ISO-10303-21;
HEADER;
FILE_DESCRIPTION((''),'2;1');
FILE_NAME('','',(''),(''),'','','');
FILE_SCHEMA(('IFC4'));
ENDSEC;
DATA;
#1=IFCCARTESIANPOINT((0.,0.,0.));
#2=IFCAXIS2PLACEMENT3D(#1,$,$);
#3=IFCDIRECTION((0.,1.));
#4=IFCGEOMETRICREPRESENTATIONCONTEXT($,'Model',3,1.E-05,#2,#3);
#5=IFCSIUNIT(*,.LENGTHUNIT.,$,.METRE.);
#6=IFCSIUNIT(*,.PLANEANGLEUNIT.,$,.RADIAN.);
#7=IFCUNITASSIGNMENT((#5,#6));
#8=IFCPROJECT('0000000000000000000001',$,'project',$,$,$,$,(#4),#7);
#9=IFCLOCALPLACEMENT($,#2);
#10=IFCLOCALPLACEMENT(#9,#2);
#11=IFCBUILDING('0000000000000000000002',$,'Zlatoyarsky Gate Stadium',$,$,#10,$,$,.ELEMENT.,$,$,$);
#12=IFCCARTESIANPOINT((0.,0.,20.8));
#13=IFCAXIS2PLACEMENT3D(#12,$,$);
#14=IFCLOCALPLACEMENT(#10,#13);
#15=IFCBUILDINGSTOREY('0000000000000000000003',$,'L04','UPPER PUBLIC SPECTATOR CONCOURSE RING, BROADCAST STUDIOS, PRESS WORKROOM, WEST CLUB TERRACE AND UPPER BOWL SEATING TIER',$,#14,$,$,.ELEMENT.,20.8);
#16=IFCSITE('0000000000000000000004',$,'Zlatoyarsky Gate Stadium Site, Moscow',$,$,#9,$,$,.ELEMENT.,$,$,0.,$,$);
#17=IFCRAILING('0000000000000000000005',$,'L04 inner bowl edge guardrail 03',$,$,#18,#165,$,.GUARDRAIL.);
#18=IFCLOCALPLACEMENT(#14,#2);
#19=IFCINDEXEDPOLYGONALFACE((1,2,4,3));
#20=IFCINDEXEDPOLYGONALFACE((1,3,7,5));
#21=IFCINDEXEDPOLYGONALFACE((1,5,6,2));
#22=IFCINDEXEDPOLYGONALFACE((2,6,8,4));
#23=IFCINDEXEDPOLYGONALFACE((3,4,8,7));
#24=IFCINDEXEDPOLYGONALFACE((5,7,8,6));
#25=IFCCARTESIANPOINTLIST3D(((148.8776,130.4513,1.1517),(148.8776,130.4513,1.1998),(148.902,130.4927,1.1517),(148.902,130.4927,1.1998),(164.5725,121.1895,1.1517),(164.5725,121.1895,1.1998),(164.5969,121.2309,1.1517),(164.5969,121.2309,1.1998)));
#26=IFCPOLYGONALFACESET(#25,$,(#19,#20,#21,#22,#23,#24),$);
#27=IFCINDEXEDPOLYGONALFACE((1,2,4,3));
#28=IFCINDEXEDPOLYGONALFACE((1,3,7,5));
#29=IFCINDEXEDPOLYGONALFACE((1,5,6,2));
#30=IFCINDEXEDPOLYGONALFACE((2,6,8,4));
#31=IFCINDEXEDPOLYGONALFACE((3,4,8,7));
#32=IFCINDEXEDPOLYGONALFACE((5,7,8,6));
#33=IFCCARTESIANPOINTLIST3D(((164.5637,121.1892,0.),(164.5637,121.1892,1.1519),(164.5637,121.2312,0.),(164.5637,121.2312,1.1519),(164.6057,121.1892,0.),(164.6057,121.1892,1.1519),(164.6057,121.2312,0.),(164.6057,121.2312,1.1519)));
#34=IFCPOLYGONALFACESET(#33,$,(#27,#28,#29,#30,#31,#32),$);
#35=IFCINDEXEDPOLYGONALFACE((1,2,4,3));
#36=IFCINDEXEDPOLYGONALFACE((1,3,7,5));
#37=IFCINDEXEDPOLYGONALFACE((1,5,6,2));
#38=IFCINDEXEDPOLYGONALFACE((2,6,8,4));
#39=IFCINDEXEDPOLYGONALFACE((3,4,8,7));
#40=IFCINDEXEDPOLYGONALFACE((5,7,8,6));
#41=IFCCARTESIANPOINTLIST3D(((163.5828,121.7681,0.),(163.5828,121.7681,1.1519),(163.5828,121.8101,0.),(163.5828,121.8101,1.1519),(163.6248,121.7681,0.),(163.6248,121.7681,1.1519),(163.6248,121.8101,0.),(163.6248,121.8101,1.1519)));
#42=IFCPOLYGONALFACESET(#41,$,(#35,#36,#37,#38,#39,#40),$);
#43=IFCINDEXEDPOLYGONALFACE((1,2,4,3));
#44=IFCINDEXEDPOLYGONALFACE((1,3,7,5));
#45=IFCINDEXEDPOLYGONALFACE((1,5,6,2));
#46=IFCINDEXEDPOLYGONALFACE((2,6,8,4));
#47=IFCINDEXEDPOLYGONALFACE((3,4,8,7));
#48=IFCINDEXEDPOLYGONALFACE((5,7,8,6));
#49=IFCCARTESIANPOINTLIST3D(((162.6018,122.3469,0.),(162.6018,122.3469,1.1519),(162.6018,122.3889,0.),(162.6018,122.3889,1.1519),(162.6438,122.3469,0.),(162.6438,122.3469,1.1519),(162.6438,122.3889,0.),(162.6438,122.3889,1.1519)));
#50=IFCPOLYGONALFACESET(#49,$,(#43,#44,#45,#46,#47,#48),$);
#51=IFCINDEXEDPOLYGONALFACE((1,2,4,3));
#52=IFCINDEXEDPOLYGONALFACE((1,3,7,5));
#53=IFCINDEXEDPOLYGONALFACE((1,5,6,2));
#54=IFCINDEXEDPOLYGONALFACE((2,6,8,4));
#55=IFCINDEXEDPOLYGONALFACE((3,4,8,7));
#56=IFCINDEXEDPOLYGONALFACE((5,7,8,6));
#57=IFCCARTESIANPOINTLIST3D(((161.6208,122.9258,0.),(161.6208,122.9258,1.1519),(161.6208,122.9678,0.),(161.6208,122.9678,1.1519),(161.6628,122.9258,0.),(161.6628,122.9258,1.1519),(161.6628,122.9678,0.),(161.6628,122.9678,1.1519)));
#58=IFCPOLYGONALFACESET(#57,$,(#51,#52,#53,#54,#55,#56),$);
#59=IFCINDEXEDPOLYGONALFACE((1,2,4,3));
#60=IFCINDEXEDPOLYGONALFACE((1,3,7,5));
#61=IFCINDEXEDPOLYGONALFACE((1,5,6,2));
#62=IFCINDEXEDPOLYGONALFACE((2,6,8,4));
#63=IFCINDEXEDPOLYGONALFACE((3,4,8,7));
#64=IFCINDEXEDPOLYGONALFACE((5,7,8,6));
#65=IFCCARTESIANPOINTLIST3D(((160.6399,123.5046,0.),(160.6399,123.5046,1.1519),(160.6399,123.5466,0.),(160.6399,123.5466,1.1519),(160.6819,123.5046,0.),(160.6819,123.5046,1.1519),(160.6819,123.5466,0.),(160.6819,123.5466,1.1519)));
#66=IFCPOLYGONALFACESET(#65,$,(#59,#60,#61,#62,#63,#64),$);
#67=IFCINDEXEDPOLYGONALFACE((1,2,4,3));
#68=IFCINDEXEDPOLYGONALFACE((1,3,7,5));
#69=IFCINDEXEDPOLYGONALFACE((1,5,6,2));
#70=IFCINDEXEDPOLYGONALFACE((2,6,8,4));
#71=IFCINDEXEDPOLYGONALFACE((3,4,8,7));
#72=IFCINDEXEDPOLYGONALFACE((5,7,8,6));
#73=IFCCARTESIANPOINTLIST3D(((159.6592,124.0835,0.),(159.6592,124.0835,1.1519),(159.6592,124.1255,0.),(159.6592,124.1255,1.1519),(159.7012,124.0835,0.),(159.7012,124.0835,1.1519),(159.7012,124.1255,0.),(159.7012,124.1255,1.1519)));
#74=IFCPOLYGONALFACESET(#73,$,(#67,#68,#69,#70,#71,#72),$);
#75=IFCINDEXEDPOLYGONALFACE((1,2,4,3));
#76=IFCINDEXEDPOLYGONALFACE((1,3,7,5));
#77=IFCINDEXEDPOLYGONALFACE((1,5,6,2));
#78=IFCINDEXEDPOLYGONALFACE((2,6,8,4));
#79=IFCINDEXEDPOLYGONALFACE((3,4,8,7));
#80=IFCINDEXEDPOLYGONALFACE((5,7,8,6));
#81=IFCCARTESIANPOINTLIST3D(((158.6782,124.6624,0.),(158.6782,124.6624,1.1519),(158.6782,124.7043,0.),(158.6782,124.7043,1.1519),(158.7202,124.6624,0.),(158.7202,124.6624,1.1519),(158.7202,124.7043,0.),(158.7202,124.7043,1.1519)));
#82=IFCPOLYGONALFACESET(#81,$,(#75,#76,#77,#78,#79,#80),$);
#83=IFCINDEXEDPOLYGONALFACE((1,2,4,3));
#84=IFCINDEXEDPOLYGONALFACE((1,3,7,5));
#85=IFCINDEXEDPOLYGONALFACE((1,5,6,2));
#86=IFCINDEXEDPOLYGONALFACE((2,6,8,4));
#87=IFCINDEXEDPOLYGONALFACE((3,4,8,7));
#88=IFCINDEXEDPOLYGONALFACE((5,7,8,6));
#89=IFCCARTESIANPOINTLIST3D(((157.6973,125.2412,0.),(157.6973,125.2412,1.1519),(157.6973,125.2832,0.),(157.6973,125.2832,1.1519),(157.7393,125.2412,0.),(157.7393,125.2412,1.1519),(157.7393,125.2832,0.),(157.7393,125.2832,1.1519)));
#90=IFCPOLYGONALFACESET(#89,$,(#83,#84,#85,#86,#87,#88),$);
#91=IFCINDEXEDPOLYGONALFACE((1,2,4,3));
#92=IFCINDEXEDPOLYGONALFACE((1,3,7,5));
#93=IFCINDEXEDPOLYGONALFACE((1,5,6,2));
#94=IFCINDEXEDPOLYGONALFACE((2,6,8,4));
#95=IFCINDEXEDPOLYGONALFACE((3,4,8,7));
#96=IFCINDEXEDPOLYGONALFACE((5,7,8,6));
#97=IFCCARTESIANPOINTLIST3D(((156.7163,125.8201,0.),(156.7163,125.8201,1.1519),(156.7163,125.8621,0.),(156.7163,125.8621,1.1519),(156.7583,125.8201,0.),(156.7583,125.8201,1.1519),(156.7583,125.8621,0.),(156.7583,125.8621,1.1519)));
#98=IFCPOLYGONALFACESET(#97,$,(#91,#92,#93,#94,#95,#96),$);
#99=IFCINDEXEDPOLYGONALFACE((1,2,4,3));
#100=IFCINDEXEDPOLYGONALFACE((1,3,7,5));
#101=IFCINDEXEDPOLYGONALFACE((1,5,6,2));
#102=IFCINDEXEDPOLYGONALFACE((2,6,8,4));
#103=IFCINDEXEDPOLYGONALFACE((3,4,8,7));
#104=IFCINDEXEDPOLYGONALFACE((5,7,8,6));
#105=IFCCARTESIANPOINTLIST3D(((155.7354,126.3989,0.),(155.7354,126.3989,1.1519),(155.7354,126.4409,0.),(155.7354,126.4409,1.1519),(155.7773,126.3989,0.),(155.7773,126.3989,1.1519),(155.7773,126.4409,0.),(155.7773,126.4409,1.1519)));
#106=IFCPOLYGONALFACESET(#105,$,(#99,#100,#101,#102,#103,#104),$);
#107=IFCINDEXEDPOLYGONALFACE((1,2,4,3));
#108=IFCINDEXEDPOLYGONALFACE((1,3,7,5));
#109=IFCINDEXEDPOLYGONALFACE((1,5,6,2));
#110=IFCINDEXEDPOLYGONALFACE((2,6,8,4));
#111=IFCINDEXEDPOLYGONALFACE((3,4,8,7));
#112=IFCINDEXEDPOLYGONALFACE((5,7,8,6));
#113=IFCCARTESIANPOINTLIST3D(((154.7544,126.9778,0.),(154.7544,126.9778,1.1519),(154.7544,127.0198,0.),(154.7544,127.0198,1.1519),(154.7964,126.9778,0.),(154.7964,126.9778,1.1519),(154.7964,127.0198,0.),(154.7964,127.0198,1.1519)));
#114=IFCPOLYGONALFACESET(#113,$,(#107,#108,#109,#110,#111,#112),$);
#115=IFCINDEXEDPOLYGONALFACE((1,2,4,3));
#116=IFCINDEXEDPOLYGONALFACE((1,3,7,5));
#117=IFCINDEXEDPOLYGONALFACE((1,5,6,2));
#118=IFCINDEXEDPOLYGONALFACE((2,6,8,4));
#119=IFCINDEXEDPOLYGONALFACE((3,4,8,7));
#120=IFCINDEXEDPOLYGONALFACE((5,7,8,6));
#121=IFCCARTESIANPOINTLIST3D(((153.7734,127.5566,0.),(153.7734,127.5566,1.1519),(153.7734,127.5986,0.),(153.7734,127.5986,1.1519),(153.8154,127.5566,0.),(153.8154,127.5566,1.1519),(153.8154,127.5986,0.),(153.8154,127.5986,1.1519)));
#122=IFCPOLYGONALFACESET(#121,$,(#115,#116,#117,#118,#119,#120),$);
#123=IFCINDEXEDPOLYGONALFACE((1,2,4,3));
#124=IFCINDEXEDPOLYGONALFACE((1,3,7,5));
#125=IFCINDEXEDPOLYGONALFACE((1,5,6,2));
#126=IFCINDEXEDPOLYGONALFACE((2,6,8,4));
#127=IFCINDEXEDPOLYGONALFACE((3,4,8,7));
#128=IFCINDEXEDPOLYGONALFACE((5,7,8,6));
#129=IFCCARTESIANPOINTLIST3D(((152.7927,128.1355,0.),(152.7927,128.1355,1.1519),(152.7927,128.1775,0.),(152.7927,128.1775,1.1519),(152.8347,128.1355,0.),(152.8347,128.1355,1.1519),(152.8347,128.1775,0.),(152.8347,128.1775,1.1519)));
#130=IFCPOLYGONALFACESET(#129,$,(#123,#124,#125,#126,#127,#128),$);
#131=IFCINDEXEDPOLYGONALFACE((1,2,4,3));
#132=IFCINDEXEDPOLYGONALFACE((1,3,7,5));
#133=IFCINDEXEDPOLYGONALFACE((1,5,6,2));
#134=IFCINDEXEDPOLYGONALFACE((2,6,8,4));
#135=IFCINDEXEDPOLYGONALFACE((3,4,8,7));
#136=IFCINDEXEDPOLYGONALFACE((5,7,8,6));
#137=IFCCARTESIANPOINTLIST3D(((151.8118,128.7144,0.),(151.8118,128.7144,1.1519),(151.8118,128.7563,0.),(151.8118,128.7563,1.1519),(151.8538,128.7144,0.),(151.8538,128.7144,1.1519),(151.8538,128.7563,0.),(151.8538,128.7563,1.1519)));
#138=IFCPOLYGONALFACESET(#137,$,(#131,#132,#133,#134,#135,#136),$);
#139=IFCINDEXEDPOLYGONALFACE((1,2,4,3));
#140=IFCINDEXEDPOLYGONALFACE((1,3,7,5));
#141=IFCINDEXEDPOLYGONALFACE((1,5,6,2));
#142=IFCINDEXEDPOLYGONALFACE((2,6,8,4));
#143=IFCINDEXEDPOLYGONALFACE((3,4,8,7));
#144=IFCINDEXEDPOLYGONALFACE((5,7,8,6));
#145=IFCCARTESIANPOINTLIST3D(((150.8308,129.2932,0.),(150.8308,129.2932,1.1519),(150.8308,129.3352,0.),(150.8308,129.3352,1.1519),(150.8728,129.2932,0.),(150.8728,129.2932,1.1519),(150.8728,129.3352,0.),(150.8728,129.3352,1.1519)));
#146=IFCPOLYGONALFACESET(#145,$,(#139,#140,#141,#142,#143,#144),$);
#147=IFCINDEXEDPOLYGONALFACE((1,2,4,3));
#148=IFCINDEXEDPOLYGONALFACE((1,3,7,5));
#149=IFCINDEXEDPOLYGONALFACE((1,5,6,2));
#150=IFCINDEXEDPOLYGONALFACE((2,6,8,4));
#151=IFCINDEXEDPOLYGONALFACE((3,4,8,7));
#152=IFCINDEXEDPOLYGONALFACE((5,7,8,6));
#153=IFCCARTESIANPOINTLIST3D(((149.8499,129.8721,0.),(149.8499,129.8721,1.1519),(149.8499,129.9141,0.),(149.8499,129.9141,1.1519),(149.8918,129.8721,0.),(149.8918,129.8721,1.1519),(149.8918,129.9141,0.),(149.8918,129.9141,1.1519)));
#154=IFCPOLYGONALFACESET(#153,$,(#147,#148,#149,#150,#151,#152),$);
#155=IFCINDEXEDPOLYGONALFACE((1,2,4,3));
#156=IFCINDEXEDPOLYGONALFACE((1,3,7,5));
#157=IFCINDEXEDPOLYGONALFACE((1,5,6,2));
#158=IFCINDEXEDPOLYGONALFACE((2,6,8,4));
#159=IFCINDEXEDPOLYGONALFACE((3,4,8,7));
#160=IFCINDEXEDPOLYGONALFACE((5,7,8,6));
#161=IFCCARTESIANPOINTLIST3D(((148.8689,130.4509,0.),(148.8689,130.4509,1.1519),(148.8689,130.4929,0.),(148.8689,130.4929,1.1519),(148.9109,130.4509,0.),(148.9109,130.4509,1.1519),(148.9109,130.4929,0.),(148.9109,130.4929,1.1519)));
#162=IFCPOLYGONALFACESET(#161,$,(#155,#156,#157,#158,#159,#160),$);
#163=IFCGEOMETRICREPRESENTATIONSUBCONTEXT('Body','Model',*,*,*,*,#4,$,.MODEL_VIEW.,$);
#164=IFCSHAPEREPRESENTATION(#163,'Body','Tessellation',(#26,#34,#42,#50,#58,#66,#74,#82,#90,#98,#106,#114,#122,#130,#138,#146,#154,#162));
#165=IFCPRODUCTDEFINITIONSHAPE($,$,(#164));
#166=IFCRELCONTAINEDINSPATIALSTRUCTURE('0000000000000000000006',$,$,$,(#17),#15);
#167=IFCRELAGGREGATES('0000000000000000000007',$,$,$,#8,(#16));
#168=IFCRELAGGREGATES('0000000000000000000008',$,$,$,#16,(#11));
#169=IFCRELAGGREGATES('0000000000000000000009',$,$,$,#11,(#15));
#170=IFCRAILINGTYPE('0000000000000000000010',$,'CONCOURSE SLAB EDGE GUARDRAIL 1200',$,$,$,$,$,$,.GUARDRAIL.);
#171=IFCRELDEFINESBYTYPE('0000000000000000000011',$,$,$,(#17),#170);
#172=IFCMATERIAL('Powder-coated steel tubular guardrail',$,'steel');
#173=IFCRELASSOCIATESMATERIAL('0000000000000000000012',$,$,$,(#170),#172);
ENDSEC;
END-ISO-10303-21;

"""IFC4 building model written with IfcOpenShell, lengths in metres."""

from ifc_helpers import new_model, si_unit, direction, frame, origin, origin_2d, place, context, subcontext, project, spatial, rectangle, extrude, material, type_object, element, save


model = new_model("IFC4")

# Units and contexts
model_context = context("Model", 3, precision=1e-05, world=origin(), true_north=direction((0.0, 1.0)))
body_context = subcontext(model_context, "Body", "Model", "MODEL_VIEW")
ifc_project = project(units=[si_unit("LENGTHUNIT", "METRE"), si_unit("PLANEANGLEUNIT", "RADIAN")], contexts=[model_context])

# Site, building, storey
site_placement = place(None, origin())
site = spatial("IfcSite", under=ifc_project, at=site_placement, Name="Zlatoyarsky Gate Stadium Site, Moscow", CompositionType="ELEMENT", RefElevation=0.0)
building_placement = place(site_placement, origin())
building = spatial("IfcBuilding", under=site, at=building_placement, Name="Zlatoyarsky Gate Stadium", CompositionType="ELEMENT")
storey_placement = place(building_placement, frame((0.0, 0.0, 20.8)))
storey = spatial("IfcBuildingStorey", under=building, at=storey_placement, Name="L04", Description="UPPER PUBLIC SPECTATOR CONCOURSE RING, BROADCAST STUDIOS, PRESS WORKROOM, WEST CLUB TERRACE AND UPPER BOWL SEATING TIER", CompositionType="ELEMENT", Elevation=20.8)

# Railing
ifc_material_1 = material(Name="Powder-coated steel tubular guardrail", Category="steel")
railing_type = type_object("IfcRailingType", Name="CONCOURSE SLAB EDGE GUARDRAIL 1200", PredefinedType="GUARDRAIL", material=ifc_material_1)
railing_1_placement = place(storey_placement, frame((164.5847, 121.2102, 0.0)))
element("IfcRailing", 1, at=railing_1_placement, inside=storey, type_object=railing_type, Name="L04 inner bowl edge guardrail 03", PredefinedType="GUARDRAIL", context=body_context, shape_type="SweptSolid", body=[
    extrude(rectangle(XDim=0.0481, YDim=0.0481, at=origin_2d()), frame((0.0, 0.0, 1.1758), z_axis=(-0.861227, 0.508221, 0.0), x_axis=(-0.508221, -0.861227, 0.0)), (0.0, 0.0, 1.0), 18.2239),
    extrude(rectangle(XDim=0.042, YDim=0.042, at=origin_2d()), origin(), (0.0, 0.0, 1.0), 1.1519),
    extrude(rectangle(XDim=0.042, YDim=0.042, at=origin_2d()), frame((-0.981, 0.5789, 0.0)), (0.0, 0.0, 1.0), 1.1519),
    extrude(rectangle(XDim=0.042, YDim=0.042, at=origin_2d()), frame((-1.9619, 1.1577, 0.0)), (0.0, 0.0, 1.0), 1.1519),
    extrude(rectangle(XDim=0.042, YDim=0.042, at=origin_2d()), frame((-2.9429, 1.7366, 0.0)), (0.0, 0.0, 1.0), 1.1519),
    extrude(rectangle(XDim=0.042, YDim=0.042, at=origin_2d()), frame((-3.9238, 2.3154, 0.0)), (0.0, 0.0, 1.0), 1.1519),
    extrude(rectangle(XDim=0.042, YDim=0.042, at=origin_2d()), frame((-4.9045, 2.8943, 0.0)), (0.0, 0.0, 1.0), 1.1519),
    extrude(rectangle(XDim=0.042, YDim=0.042, at=origin_2d()), frame((-5.8855, 3.4731, 0.0)), (0.0, 0.0, 1.0), 1.1519),
    extrude(rectangle(XDim=0.042, YDim=0.042, at=origin_2d()), frame((-6.8665, 4.052, 0.0)), (0.0, 0.0, 1.0), 1.1519),
    extrude(rectangle(XDim=0.042, YDim=0.042, at=origin_2d()), frame((-7.8474, 4.6309, 0.0)), (0.0, 0.0, 1.0), 1.1519),
    extrude(rectangle(XDim=0.042, YDim=0.042, at=origin_2d()), frame((-8.8284, 5.2097, 0.0)), (0.0, 0.0, 1.0), 1.1519),
    extrude(rectangle(XDim=0.042, YDim=0.042, at=origin_2d()), frame((-9.8093, 5.7886, 0.0)), (0.0, 0.0, 1.0), 1.1519),
    extrude(rectangle(XDim=0.042, YDim=0.042, at=origin_2d()), frame((-10.7903, 6.3674, 0.0)), (0.0, 0.0, 1.0), 1.1519),
    extrude(rectangle(XDim=0.042, YDim=0.042, at=origin_2d()), frame((-11.771, 6.9463, 0.0)), (0.0, 0.0, 1.0), 1.1519),
    extrude(rectangle(XDim=0.042, YDim=0.042, at=origin_2d()), frame((-12.752, 7.5251, 0.0)), (0.0, 0.0, 1.0), 1.1519),
    extrude(rectangle(XDim=0.042, YDim=0.042, at=origin_2d()), frame((-13.7329, 8.104, 0.0)), (0.0, 0.0, 1.0), 1.1519),
    extrude(rectangle(XDim=0.042, YDim=0.042, at=origin_2d()), frame((-14.7139, 8.6829, 0.0)), (0.0, 0.0, 1.0), 1.1519),
    extrude(rectangle(XDim=0.042, YDim=0.042, at=origin_2d()), frame((-15.6948, 9.2617, 0.0)), (0.0, 0.0, 1.0), 1.1519),
])

save(model, "model.ifc")
